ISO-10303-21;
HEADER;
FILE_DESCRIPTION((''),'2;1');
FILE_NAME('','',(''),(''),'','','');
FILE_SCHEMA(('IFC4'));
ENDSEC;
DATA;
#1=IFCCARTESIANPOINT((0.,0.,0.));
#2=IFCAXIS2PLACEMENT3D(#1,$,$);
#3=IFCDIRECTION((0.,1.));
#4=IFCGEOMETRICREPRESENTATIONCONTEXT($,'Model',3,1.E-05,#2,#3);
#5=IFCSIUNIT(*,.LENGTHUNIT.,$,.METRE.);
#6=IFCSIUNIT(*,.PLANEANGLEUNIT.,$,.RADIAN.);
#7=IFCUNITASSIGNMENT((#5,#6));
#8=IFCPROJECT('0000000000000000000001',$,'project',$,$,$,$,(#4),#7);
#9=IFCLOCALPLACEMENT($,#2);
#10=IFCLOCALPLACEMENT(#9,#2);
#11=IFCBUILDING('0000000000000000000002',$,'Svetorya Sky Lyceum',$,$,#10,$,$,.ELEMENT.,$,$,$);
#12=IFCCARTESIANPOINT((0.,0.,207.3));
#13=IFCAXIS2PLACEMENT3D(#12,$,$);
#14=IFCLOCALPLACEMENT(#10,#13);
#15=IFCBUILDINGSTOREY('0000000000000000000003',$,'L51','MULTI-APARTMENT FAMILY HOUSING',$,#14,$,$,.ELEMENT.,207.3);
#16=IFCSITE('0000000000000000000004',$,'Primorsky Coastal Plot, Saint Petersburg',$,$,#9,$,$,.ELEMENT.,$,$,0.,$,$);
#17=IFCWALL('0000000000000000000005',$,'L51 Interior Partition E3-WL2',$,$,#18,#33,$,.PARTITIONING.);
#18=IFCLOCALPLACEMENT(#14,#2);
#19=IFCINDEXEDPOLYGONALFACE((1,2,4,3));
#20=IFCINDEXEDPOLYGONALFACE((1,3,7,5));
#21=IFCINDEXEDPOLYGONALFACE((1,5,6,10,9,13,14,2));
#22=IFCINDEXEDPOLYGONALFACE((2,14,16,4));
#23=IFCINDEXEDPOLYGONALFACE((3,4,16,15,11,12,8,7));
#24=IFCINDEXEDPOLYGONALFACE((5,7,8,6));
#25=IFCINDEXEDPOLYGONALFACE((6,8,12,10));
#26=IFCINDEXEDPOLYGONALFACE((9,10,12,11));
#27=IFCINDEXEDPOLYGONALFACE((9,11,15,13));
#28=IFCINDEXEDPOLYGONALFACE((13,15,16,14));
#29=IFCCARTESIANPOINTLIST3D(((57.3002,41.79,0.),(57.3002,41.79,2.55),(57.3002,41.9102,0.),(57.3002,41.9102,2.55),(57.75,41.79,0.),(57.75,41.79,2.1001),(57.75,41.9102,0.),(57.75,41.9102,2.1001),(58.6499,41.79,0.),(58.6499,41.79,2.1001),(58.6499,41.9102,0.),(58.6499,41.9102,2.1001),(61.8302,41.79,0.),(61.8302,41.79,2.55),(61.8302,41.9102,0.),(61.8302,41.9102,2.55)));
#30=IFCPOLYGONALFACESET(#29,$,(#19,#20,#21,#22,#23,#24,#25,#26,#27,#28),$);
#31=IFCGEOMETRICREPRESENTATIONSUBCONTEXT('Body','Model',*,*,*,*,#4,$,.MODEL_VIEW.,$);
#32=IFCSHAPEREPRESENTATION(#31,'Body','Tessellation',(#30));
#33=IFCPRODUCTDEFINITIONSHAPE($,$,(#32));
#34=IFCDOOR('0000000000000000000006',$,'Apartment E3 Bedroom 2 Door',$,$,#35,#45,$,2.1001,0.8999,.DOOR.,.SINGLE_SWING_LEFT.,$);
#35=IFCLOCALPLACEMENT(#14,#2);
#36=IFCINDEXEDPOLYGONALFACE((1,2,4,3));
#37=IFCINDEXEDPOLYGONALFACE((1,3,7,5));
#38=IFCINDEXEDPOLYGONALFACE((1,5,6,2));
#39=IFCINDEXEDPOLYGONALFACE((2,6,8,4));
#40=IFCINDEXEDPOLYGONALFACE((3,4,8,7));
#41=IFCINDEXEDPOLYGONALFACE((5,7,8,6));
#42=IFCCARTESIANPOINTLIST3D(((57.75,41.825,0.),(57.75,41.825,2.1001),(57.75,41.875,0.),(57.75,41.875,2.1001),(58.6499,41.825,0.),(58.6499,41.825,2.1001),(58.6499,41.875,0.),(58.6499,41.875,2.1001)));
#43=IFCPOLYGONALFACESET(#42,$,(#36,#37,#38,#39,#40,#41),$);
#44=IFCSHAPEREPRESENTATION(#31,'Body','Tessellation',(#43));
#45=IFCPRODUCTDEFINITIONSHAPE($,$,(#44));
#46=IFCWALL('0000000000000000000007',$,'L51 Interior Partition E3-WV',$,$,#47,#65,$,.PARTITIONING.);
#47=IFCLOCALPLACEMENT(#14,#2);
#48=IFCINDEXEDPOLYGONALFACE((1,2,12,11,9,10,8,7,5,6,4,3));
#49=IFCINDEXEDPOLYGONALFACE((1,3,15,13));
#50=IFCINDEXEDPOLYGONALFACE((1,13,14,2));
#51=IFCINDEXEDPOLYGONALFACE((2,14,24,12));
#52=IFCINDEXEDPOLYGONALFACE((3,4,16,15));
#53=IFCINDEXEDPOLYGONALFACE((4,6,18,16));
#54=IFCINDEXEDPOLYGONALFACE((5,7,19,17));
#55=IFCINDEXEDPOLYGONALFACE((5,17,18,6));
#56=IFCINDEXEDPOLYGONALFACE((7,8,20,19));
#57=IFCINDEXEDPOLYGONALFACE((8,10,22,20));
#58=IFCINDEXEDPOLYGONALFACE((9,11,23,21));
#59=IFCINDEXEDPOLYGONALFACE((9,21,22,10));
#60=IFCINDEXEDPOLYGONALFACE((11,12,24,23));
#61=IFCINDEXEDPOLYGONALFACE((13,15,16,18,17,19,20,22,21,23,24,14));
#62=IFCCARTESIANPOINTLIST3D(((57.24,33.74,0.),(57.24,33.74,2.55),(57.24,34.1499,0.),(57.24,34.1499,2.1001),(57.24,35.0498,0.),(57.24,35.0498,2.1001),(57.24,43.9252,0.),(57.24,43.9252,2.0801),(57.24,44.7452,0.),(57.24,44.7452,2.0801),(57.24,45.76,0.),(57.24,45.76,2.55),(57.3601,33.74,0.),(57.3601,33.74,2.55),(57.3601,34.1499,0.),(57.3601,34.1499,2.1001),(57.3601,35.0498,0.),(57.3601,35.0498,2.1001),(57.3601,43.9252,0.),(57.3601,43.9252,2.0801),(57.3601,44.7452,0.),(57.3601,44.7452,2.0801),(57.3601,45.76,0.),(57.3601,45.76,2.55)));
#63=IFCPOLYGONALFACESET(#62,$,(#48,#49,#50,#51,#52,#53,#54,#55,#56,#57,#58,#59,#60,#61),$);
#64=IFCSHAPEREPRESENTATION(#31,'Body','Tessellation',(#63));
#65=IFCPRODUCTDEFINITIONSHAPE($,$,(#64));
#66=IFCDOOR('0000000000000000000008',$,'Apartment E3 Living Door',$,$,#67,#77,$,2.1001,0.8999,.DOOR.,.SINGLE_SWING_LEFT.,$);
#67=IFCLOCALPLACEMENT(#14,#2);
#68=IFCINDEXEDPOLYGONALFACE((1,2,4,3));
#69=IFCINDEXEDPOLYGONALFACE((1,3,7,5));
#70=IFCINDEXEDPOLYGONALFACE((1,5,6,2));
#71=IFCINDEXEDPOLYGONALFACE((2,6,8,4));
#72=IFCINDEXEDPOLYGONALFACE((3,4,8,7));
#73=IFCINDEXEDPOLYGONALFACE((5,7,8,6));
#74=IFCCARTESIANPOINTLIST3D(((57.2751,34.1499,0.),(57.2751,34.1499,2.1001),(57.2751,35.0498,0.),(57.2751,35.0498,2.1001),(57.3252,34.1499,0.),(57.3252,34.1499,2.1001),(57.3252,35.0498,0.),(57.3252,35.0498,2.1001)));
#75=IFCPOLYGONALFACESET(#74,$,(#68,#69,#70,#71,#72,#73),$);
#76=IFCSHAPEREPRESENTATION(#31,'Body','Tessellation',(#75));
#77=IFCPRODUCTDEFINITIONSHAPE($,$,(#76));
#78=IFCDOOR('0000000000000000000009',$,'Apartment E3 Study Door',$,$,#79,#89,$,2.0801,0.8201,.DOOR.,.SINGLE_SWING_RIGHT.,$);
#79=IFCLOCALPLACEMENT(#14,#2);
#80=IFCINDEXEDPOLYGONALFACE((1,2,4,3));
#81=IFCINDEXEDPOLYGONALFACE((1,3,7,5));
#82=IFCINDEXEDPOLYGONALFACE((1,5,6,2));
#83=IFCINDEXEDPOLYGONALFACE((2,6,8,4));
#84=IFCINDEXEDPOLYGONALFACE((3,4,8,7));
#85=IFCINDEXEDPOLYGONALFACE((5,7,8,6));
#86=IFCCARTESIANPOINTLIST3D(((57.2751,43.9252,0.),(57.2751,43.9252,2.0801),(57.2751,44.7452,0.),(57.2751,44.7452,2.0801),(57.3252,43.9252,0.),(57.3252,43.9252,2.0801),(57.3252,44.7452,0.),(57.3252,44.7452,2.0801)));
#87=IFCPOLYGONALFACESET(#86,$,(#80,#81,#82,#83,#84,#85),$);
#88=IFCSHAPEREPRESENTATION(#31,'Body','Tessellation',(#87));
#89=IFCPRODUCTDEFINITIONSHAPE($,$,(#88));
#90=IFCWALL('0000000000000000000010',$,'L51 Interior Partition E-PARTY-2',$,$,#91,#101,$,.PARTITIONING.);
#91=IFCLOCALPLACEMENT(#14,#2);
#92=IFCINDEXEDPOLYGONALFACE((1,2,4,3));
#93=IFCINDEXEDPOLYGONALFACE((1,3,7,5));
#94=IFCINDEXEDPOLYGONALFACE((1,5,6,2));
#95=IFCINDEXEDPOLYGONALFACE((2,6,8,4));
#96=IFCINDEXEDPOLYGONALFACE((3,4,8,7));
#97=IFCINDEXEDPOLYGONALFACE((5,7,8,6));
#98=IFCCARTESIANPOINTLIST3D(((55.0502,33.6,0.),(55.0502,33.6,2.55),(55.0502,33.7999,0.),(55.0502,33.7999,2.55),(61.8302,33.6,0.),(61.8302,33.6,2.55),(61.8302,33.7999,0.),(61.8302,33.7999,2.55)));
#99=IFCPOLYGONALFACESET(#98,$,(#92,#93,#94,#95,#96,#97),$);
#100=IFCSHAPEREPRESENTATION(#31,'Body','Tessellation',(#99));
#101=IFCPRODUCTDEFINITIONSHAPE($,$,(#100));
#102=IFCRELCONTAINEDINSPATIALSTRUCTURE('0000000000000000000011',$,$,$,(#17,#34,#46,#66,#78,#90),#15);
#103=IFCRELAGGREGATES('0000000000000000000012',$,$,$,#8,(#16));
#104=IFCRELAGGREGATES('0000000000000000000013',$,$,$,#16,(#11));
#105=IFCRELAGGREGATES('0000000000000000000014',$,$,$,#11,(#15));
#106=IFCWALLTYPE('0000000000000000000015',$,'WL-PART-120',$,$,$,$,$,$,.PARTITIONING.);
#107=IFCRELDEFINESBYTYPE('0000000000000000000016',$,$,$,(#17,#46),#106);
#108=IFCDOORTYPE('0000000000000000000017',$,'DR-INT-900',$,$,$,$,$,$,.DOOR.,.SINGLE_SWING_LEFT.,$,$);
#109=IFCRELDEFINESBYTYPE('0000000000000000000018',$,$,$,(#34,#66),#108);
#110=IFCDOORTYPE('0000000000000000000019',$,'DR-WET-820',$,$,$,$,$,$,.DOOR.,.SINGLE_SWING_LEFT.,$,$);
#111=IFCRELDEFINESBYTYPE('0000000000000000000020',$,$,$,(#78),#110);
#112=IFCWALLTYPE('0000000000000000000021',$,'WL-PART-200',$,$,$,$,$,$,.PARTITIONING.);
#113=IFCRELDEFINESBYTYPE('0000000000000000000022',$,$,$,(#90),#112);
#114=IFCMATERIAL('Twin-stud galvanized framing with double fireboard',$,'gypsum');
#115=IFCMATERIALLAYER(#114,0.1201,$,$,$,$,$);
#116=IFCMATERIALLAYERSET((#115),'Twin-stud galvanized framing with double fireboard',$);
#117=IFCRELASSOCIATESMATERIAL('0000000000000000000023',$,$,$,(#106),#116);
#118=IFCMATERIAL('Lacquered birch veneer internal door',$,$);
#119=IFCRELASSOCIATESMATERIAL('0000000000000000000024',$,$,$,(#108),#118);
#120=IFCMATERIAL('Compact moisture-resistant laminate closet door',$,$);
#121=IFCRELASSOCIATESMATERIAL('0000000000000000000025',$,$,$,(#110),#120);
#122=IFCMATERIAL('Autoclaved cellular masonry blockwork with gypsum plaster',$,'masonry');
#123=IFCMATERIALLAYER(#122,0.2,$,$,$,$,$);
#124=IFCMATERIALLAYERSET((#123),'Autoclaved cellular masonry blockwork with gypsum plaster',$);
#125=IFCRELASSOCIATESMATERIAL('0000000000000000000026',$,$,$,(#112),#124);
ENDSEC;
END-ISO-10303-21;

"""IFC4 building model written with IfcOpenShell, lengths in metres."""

from ifc_helpers import new_model, si_unit, direction, frame, frame_2d, origin, place, context, subcontext, project, spatial, rectangle, extrude, material, layer, layer_set, type_object, element, fill, save


model = new_model("IFC4")

# Units and contexts
model_context = context("Model", 3, precision=1e-05, world=origin(), true_north=direction((0.0, 1.0)))
body_context = subcontext(model_context, "Body", "Model", "MODEL_VIEW")
ifc_project = project(units=[si_unit("LENGTHUNIT", "METRE"), si_unit("PLANEANGLEUNIT", "RADIAN")], contexts=[model_context])

# Site, building, storey
site_placement = place(None, origin())
site = spatial("IfcSite", under=ifc_project, at=site_placement, Name="Primorsky Coastal Plot, Saint Petersburg", CompositionType="ELEMENT", RefElevation=0.0)
building_placement = place(site_placement, origin())
building = spatial("IfcBuilding", under=site, at=building_placement, Name="Svetorya Sky Lyceum", CompositionType="ELEMENT")
storey_placement = place(building_placement, frame((0.0, 0.0, 207.3)))
storey = spatial("IfcBuildingStorey", under=building, at=storey_placement, Name="L51", Description="MULTI-APARTMENT FAMILY HOUSING", CompositionType="ELEMENT", Elevation=207.3)

# Wall, opening, door
ifc_material_1 = material(Name="Twin-stud galvanized framing with double fireboard", Category="gypsum")
ifc_layer_1 = layer(ifc_material_1, 0.1201)
ifc_layer_set_1 = layer_set([ifc_layer_1], Name="Twin-stud galvanized framing with double fireboard")
wall_type_1 = type_object("IfcWallType", Name="WL-PART-120", PredefinedType="PARTITIONING", material=ifc_layer_set_1)
ifc_material_2 = material(Name="Lacquered birch veneer internal door")
door_type_1 = type_object("IfcDoorType", Name="DR-INT-900", OperationType="SINGLE_SWING_LEFT", PredefinedType="DOOR", material=ifc_material_2)
wall_1_placement = place(storey_placement, frame((57.3, 41.8501, 0.0), z_axis=(0.0, 0.0, 1.0), x_axis=(1.0, 0.0, 0.0)))
wall_1 = element("IfcWall", 1, at=wall_1_placement, inside=storey, type_object=wall_type_1, Name="L51 Interior Partition E3-WL2", PredefinedType="PARTITIONING", context=body_context, shape_type="SweptSolid", body=[
    extrude(rectangle(XDim=4.53, YDim=0.1201, at=frame_2d((2.2651, 0.0))), origin(), (0.0, 0.0, 1.0), 2.55),
])
opening_1_placement = place(wall_1_placement, frame((0.45, 0.0, 0.0)))
opening_1 = element("IfcOpeningElement", 2, at=opening_1_placement, cuts=wall_1, PredefinedType="OPENING", context=body_context, shape_type="SweptSolid", body=[
    extrude(rectangle(XDim=0.8999, YDim=2.1001, at=frame_2d((0.45, 1.05))), frame((0.0, 0.0701, 0.0), z_axis=(0.0, -1.0, 0.0), x_axis=(1.0, 0.0, 0.0)), (0.0, 0.0, 1.0), 0.1401),
])
door_1_placement = place(opening_1_placement, origin())
door_1 = element("IfcDoor", 3, at=door_1_placement, inside=storey, type_object=door_type_1, Name="Apartment E3 Bedroom 2 Door", OperationType="SINGLE_SWING_LEFT", OverallHeight=2.1001, OverallWidth=0.8999, PredefinedType="DOOR", context=body_context, shape_type="SweptSolid", body=[
    extrude(rectangle(XDim=0.8999, YDim=2.1001, at=frame_2d((0.45, 1.05))), frame((0.0, 0.0249, 0.0), z_axis=(0.0, -1.0, 0.0), x_axis=(1.0, 0.0, 0.0)), (0.0, 0.0, 1.0), 0.05),
])
fill(opening_1, door_1)

# Wall, openings, doors
wall_2_placement = place(storey_placement, frame((57.3, 33.74, 0.0), z_axis=(0.0, 0.0, 1.0), x_axis=(0.0, 1.0, 0.0)))
wall_2 = element("IfcWall", 4, at=wall_2_placement, inside=storey, type_object=wall_type_1, Name="L51 Interior Partition E3-WV", PredefinedType="PARTITIONING", context=body_context, shape_type="SweptSolid", body=[
    extrude(rectangle(XDim=12.02, YDim=0.1201, at=frame_2d((6.01, 0.0))), origin(), (0.0, 0.0, 1.0), 2.55),
])
opening_2_placement = place(wall_2_placement, frame((0.4099, 0.0, 0.0)))
opening_2 = element("IfcOpeningElement", 5, at=opening_2_placement, cuts=wall_2, PredefinedType="OPENING", context=body_context, shape_type="SweptSolid", body=[
    extrude(rectangle(XDim=0.8999, YDim=2.1001, at=frame_2d((0.45, 1.05))), frame((0.0, 0.0701, 0.0), z_axis=(0.0, -1.0, 0.0), x_axis=(1.0, 0.0, 0.0)), (0.0, 0.0, 1.0), 0.1401),
])
opening_3_placement = place(wall_2_placement, frame((10.1851, 0.0, 0.0)))
opening_3 = element("IfcOpeningElement", 6, at=opening_3_placement, cuts=wall_2, PredefinedType="OPENING", context=body_context, shape_type="SweptSolid", body=[
    extrude(rectangle(XDim=0.8201, YDim=2.0801, at=frame_2d((0.4102, 1.04))), frame((0.0, 0.0701, 0.0), z_axis=(0.0, -1.0, 0.0), x_axis=(1.0, 0.0, 0.0)), (0.0, 0.0, 1.0), 0.1401),
])
door_2_placement = place(opening_2_placement, origin())
door_2 = element("IfcDoor", 7, at=door_2_placement, inside=storey, type_object=door_type_1, Name="Apartment E3 Living Door", OperationType="SINGLE_SWING_LEFT", OverallHeight=2.1001, OverallWidth=0.8999, PredefinedType="DOOR", context=body_context, shape_type="SweptSolid", body=[
    extrude(rectangle(XDim=0.8999, YDim=2.1001, at=frame_2d((0.45, 1.05))), frame((0.0, 0.0249, 0.0), z_axis=(0.0, -1.0, 0.0), x_axis=(1.0, 0.0, 0.0)), (0.0, 0.0, 1.0), 0.05),
])
fill(opening_2, door_2)
ifc_material_3 = material(Name="Compact moisture-resistant laminate closet door")
door_type_2 = type_object("IfcDoorType", Name="DR-WET-820", OperationType="SINGLE_SWING_LEFT", PredefinedType="DOOR", material=ifc_material_3)
door_3_placement = place(opening_3_placement, origin())
door_3 = element("IfcDoor", 8, at=door_3_placement, inside=storey, type_object=door_type_2, Name="Apartment E3 Study Door", OperationType="SINGLE_SWING_RIGHT", OverallHeight=2.0801, OverallWidth=0.8201, PredefinedType="DOOR", context=body_context, shape_type="SweptSolid", body=[
    extrude(rectangle(XDim=0.8201, YDim=2.0801, at=frame_2d((0.4102, 1.04))), frame((0.0, 0.0249, 0.0), z_axis=(0.0, -1.0, 0.0), x_axis=(1.0, 0.0, 0.0)), (0.0, 0.0, 1.0), 0.05),
])
fill(opening_3, door_3)

# Wall
ifc_material_4 = material(Name="Autoclaved cellular masonry blockwork with gypsum plaster", Category="masonry")
ifc_layer_2 = layer(ifc_material_4, 0.2)
ifc_layer_set_2 = layer_set([ifc_layer_2], Name="Autoclaved cellular masonry blockwork with gypsum plaster")
wall_type_2 = type_object("IfcWallType", Name="WL-PART-200", PredefinedType="PARTITIONING", material=ifc_layer_set_2)
wall_3_placement = place(storey_placement, frame((55.05, 33.7, 0.0), z_axis=(0.0, 0.0, 1.0), x_axis=(1.0, 0.0, 0.0)))
element("IfcWall", 9, at=wall_3_placement, inside=storey, type_object=wall_type_2, Name="L51 Interior Partition E-PARTY-2", PredefinedType="PARTITIONING", context=body_context, shape_type="SweptSolid", body=[
    extrude(rectangle(XDim=6.78, YDim=0.2, at=frame_2d((3.3901, 0.0))), origin(), (0.0, 0.0, 1.0), 2.55),
])

save(model, "model.ifc")
